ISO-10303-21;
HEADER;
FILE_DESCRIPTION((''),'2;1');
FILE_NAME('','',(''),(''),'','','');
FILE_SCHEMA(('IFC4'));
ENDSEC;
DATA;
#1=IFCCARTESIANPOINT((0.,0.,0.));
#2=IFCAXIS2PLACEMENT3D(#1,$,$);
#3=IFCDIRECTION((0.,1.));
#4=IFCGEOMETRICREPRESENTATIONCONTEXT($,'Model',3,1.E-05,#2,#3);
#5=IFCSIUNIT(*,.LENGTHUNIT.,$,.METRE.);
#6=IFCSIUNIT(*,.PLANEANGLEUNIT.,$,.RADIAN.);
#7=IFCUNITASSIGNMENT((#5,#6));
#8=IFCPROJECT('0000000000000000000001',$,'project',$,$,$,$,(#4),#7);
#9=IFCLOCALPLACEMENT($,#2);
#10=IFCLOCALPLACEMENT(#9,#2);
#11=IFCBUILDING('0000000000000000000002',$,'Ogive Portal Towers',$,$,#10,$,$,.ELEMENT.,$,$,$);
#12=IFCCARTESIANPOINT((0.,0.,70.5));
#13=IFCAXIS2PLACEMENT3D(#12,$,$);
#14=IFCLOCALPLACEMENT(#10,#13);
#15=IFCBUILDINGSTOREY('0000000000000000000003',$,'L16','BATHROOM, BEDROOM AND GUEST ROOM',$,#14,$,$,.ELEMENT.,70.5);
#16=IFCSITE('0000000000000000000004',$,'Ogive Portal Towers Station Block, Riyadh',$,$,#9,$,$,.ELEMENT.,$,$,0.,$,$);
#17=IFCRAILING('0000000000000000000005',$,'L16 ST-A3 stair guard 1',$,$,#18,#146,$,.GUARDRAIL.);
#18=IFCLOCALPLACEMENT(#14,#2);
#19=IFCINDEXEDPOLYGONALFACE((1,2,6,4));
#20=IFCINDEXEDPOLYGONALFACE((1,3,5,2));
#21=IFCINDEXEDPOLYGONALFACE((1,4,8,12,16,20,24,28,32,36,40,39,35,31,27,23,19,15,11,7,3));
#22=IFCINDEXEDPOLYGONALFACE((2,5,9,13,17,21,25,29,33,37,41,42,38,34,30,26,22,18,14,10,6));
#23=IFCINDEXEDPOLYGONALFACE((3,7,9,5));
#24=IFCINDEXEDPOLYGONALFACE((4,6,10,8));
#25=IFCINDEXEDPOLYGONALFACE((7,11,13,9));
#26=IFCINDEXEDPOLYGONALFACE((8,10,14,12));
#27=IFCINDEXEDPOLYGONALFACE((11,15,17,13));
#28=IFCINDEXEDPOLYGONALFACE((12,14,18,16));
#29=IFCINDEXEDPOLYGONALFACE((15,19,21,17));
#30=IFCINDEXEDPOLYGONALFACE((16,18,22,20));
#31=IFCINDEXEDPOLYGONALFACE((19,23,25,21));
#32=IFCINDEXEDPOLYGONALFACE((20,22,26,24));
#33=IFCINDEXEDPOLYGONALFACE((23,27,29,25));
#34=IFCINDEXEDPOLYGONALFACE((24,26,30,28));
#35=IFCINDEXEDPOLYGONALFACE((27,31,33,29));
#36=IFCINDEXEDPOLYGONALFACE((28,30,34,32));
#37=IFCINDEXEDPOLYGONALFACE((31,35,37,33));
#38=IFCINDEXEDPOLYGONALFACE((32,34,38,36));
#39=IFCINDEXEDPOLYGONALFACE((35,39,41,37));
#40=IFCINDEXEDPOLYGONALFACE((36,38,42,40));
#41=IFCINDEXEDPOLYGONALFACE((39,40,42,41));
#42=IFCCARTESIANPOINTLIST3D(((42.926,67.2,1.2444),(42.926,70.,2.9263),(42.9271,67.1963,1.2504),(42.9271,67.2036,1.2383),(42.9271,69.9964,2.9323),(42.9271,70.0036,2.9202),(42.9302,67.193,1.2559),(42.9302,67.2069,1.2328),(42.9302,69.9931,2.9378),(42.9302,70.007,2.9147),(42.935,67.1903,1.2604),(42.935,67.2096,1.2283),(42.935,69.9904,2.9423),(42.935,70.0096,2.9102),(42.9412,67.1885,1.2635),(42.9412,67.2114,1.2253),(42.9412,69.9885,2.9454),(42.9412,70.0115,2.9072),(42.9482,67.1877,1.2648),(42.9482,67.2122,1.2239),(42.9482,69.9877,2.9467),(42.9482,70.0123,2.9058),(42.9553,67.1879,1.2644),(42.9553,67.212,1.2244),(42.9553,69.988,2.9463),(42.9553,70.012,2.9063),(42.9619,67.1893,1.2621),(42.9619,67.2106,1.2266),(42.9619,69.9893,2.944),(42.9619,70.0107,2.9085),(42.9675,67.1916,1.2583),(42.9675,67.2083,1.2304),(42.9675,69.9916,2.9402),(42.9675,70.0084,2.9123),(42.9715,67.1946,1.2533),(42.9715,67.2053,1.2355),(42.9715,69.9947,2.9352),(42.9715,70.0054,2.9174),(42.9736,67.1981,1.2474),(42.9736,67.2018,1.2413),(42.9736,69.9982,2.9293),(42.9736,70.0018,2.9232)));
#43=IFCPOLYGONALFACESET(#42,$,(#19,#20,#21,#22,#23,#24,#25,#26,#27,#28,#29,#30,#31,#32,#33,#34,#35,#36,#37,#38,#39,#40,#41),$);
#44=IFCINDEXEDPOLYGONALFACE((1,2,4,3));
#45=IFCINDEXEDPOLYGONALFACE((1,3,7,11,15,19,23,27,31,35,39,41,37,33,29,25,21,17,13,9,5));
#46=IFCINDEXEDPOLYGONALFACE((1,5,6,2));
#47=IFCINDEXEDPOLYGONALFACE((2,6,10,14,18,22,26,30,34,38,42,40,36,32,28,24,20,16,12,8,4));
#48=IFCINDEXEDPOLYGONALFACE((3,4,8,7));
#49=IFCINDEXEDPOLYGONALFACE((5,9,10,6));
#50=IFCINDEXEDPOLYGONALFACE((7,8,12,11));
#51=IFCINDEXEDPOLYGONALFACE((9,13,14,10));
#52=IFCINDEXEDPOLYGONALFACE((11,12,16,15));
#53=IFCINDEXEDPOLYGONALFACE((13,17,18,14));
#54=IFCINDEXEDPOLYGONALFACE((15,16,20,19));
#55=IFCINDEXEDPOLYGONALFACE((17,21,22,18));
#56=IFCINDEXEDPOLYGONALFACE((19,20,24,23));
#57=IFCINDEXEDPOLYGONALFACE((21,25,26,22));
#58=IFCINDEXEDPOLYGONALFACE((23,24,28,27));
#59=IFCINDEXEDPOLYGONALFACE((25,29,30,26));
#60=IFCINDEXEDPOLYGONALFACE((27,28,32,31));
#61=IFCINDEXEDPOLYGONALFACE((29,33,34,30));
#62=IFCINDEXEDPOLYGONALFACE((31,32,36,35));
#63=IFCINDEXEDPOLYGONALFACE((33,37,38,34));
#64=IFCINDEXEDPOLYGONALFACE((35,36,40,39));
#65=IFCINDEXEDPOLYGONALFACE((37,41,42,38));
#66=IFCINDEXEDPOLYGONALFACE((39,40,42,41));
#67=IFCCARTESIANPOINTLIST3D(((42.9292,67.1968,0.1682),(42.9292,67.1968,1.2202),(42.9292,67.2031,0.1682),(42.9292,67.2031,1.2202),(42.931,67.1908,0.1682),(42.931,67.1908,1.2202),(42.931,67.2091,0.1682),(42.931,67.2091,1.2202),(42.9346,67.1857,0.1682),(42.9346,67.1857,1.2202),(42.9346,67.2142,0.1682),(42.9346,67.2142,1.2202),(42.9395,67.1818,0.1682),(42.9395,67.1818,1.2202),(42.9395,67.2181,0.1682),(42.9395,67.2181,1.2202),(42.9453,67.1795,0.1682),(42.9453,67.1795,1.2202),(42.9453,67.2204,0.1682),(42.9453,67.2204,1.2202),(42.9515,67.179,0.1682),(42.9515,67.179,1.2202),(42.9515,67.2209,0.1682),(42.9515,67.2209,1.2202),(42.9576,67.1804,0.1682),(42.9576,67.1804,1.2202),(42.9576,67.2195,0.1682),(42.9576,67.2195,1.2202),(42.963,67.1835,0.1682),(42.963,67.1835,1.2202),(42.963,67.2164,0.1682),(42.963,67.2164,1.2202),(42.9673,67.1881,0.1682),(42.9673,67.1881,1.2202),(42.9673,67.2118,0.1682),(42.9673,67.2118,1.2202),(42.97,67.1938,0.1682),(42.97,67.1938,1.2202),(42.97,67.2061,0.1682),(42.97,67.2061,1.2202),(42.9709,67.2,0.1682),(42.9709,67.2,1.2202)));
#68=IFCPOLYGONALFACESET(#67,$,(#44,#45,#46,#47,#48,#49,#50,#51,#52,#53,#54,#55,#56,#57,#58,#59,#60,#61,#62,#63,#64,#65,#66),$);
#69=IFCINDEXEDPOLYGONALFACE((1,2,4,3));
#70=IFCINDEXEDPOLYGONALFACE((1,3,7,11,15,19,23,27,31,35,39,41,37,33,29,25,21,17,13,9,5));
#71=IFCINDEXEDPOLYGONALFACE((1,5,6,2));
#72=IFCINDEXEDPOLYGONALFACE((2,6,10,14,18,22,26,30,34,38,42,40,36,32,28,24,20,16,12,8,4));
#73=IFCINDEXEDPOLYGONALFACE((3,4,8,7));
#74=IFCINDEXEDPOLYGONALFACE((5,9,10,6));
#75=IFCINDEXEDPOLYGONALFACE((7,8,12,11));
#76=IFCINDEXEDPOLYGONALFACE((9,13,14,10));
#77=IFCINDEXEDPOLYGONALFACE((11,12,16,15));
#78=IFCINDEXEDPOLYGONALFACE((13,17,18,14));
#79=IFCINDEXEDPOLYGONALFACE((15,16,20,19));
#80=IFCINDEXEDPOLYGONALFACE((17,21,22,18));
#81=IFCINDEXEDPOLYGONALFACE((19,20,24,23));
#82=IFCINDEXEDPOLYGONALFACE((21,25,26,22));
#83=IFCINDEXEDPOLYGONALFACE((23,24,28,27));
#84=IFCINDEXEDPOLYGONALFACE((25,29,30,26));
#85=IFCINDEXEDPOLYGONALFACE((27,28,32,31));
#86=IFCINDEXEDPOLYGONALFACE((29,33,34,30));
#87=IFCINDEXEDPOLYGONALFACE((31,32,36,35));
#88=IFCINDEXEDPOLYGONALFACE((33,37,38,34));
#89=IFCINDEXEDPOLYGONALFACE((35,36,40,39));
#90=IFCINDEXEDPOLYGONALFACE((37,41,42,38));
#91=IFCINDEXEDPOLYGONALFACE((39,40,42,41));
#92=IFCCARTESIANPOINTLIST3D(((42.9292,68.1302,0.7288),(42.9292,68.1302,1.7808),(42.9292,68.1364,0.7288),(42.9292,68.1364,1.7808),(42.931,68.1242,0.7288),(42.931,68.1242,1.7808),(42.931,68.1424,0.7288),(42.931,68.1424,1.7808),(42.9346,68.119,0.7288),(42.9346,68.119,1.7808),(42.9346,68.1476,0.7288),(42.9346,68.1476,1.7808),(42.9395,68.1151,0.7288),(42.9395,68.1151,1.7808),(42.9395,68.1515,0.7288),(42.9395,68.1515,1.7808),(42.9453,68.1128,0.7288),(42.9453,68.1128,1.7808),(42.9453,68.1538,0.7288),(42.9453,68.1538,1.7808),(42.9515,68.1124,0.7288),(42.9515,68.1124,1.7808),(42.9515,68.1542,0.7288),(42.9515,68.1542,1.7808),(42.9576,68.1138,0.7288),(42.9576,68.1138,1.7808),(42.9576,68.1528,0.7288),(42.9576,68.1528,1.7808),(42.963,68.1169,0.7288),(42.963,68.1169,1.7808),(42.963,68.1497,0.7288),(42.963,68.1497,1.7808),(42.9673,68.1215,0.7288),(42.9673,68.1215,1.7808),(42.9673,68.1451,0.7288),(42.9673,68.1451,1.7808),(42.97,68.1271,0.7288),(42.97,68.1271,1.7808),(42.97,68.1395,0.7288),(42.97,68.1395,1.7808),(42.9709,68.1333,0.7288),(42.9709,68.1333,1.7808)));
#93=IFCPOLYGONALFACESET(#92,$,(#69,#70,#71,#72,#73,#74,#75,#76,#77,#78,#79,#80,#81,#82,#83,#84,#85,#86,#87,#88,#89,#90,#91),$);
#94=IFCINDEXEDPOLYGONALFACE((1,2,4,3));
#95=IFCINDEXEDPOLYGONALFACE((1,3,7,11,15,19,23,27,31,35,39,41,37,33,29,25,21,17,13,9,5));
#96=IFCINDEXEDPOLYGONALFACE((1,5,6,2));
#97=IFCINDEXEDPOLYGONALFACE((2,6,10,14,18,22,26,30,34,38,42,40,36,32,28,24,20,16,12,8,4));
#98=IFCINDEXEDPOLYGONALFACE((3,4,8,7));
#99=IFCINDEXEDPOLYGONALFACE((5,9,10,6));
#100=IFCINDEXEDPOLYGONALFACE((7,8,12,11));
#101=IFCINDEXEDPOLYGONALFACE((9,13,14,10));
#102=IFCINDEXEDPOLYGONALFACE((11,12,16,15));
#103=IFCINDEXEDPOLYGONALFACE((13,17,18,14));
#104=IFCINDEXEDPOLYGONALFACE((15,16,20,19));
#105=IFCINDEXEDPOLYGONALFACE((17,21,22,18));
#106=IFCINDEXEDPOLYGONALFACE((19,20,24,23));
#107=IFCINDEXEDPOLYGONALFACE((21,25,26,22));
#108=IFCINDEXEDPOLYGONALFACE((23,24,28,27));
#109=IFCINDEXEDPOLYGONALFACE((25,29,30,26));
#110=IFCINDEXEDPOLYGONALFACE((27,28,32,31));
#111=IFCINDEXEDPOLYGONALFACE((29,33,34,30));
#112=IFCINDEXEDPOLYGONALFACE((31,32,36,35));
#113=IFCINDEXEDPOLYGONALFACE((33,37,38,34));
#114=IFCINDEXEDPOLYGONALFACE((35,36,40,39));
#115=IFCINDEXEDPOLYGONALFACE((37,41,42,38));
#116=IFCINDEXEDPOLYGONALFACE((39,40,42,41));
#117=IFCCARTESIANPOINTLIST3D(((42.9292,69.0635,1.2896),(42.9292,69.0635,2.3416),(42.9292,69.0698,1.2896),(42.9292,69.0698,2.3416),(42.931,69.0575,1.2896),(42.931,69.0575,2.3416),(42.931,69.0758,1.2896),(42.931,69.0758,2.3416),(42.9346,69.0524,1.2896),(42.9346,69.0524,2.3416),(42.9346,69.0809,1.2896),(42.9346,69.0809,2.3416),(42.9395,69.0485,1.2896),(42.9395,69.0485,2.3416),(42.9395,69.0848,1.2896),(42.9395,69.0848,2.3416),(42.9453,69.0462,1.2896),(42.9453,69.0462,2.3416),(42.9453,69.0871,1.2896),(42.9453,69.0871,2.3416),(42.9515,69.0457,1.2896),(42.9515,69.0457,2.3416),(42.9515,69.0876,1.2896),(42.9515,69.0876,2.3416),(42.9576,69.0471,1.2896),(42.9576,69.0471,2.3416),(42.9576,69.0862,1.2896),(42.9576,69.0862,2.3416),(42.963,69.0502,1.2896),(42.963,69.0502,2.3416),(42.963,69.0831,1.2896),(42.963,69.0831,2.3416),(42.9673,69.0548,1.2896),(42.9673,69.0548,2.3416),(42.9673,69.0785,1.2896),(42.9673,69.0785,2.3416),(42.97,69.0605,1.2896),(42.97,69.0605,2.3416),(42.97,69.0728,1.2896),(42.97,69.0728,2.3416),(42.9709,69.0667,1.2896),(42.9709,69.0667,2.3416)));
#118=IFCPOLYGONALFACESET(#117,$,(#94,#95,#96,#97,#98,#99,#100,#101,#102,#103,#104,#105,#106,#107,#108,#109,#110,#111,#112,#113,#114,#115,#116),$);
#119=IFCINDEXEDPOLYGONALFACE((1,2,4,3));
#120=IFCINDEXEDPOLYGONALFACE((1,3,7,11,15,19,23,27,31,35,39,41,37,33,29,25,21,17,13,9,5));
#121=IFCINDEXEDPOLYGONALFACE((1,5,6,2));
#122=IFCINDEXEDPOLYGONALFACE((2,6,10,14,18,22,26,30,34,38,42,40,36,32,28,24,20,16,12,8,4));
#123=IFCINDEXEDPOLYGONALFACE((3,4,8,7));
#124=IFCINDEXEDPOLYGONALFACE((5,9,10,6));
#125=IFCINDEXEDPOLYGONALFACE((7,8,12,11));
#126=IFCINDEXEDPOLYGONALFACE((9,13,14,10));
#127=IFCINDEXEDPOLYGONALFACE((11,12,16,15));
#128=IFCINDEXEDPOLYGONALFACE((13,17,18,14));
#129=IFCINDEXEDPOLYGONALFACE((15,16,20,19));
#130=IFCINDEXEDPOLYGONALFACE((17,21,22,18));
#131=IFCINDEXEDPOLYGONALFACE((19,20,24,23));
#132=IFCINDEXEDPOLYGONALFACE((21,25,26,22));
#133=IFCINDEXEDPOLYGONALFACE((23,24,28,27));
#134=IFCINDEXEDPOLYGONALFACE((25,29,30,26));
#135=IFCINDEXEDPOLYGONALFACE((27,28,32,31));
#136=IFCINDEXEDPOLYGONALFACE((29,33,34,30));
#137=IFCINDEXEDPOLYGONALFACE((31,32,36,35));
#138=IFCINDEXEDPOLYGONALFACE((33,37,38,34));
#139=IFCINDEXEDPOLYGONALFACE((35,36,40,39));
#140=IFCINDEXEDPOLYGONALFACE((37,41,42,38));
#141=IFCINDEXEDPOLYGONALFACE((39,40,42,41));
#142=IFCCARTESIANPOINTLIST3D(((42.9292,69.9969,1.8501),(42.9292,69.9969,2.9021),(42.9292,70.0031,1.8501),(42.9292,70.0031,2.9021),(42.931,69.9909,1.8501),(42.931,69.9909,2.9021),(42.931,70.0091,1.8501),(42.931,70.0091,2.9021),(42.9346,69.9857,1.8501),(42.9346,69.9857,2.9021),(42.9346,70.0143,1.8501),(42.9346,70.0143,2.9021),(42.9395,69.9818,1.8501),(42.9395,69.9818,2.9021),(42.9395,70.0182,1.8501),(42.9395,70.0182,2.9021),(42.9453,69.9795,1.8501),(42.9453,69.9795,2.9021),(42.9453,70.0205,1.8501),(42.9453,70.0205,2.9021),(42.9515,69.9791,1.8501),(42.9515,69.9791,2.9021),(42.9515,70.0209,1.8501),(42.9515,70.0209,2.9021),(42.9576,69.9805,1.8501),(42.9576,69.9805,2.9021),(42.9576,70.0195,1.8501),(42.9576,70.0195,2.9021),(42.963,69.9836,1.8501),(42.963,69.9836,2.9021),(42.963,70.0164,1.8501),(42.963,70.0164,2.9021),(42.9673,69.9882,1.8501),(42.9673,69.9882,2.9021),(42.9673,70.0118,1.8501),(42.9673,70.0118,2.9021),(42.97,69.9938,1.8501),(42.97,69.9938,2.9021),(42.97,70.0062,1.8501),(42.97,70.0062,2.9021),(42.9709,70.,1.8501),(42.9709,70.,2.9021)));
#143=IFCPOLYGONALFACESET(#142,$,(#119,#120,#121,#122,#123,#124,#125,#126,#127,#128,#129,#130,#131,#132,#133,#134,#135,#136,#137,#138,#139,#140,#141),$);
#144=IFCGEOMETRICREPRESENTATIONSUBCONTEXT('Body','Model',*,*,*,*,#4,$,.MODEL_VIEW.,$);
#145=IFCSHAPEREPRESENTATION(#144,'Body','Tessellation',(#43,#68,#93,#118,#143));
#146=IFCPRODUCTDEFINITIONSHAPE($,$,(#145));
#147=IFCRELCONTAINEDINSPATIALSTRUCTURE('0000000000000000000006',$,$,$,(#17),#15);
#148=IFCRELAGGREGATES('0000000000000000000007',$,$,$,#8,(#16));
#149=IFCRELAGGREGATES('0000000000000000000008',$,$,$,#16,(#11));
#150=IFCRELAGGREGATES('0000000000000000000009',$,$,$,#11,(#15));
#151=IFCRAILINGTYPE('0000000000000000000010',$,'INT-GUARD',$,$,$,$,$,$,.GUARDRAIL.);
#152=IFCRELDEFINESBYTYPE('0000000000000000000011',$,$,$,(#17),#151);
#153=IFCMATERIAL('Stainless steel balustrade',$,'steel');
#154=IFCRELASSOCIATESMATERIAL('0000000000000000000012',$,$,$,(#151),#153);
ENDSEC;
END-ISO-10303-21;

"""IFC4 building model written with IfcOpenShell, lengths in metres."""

from ifc_helpers import new_model, si_unit, direction, frame, origin, origin_2d, place, context, subcontext, project, spatial, circle, extrude, material, type_object, element, save


model = new_model("IFC4")

# Units and contexts
model_context = context("Model", 3, precision=1e-05, world=origin(), true_north=direction((0.0, 1.0)))
body_context = subcontext(model_context, "Body", "Model", "MODEL_VIEW")
ifc_project = project(units=[si_unit("LENGTHUNIT", "METRE"), si_unit("PLANEANGLEUNIT", "RADIAN")], contexts=[model_context])

# Site, building, storey
site_placement = place(None, origin())
site = spatial("IfcSite", under=ifc_project, at=site_placement, Name="Ogive Portal Towers Station Block, Riyadh", CompositionType="ELEMENT", RefElevation=0.0)
building_placement = place(site_placement, origin())
building = spatial("IfcBuilding", under=site, at=building_placement, Name="Ogive Portal Towers", CompositionType="ELEMENT")
storey_placement = place(building_placement, frame((0.0, 0.0, 70.5)))
storey = spatial("IfcBuildingStorey", under=building, at=storey_placement, Name="L16", Description="BATHROOM, BEDROOM AND GUEST ROOM", CompositionType="ELEMENT", Elevation=70.5)

# Railing
ifc_material_1 = material(Name="Stainless steel balustrade", Category="steel")
railing_type = type_object("IfcRailingType", Name="INT-GUARD", PredefinedType="GUARDRAIL", material=ifc_material_1)
railing_1_placement = place(storey_placement, frame((42.95, 67.2, 0.1682)))
element("IfcRailing", 1, at=railing_1_placement, inside=storey, type_object=railing_type, Name="L16 ST-A3 stair guard 1", PredefinedType="GUARDRAIL", context=body_context, shape_type="SweptSolid", body=[
    extrude(circle(Radius=0.0239, at=origin_2d()), frame((0.0, 0.0, 1.0762), z_axis=(0.0, 0.857242, 0.514913), x_axis=(-1.0, 0.0, 0.0)), (0.0, 0.0, 1.0), 3.2664),
    extrude(circle(Radius=0.021, at=origin_2d()), origin(), (0.0, 0.0, 1.0), 1.052),
    extrude(circle(Radius=0.021, at=origin_2d()), frame((0.0, 0.9333, 0.5605)), (0.0, 0.0, 1.0), 1.052),
    extrude(circle(Radius=0.021, at=origin_2d()), frame((0.0, 1.8667, 1.1213)), (0.0, 0.0, 1.0), 1.052),
    extrude(circle(Radius=0.021, at=origin_2d()), frame((0.0, 2.8, 1.6819)), (0.0, 0.0, 1.0), 1.052),
])

save(model, "model.ifc")
